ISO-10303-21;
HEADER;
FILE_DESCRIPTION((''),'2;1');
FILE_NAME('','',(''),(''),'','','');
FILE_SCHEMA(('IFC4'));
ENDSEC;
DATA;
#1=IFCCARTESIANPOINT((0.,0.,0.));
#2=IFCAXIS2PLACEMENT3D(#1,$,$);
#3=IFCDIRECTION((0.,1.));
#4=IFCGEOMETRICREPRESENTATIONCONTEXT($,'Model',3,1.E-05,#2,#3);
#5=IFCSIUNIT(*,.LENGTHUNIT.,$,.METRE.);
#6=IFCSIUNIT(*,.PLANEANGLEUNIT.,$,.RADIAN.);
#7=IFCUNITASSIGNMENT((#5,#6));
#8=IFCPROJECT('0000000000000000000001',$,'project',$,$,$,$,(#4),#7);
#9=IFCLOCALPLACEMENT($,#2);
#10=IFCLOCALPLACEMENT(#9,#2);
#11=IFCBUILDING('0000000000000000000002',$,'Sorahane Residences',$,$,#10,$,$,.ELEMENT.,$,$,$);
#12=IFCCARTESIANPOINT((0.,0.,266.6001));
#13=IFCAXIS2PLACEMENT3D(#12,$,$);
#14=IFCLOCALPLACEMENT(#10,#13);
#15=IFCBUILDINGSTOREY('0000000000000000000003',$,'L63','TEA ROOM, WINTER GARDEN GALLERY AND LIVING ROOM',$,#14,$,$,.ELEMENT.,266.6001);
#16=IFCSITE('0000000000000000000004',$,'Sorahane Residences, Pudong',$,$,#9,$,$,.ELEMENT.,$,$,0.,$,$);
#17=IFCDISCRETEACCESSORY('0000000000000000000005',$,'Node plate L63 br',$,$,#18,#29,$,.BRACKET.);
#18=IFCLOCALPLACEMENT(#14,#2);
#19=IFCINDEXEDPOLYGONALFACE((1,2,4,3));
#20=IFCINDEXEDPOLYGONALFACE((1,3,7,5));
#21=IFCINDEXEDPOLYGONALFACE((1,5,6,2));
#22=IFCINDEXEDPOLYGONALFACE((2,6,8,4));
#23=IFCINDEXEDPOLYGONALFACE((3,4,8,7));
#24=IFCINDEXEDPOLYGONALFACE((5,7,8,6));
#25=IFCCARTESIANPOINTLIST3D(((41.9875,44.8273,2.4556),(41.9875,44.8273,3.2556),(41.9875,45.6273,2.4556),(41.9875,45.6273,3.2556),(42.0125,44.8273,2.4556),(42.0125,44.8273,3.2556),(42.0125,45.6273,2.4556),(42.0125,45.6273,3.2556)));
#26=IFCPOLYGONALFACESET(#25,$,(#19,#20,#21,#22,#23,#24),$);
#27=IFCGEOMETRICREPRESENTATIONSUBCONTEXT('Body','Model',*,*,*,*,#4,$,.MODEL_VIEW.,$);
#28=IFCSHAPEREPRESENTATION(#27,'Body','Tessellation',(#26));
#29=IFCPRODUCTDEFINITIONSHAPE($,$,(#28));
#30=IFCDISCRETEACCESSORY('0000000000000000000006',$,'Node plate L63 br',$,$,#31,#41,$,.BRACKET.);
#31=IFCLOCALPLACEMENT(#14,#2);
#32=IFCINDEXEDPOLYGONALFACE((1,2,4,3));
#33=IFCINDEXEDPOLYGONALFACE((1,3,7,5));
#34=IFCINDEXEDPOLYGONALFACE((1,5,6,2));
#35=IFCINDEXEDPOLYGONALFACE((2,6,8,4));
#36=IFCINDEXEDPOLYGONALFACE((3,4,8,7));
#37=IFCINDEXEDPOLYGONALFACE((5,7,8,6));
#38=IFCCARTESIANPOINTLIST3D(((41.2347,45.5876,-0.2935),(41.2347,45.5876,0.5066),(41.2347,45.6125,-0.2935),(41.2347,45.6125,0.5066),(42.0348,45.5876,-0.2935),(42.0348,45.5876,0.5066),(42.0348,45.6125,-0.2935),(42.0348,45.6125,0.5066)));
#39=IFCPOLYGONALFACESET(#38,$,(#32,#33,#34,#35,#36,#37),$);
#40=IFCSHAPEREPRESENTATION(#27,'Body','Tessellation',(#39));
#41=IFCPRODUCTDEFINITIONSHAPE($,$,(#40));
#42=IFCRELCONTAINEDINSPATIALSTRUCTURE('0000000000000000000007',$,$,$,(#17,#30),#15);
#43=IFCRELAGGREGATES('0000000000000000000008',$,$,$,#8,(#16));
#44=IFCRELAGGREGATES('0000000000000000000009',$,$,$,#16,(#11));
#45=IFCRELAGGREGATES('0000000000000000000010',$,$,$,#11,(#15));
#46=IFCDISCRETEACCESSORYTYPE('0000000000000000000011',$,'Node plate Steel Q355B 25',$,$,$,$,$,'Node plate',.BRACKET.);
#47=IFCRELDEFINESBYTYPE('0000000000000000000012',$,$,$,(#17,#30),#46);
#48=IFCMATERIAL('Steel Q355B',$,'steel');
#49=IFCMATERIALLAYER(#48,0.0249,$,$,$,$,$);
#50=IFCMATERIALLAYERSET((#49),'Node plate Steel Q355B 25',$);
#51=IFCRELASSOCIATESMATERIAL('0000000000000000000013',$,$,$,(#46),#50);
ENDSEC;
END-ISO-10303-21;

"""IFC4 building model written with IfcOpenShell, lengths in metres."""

from ifc_helpers import new_model, si_unit, direction, frame, origin, origin_2d, place, context, subcontext, project, spatial, rectangle, extrude, material, layer, layer_set, type_object, element, save


model = new_model("IFC4")

# Units and contexts
model_context = context("Model", 3, precision=1e-05, world=origin(), true_north=direction((0.0, 1.0)))
body_context = subcontext(model_context, "Body", "Model", "MODEL_VIEW")
ifc_project = project(units=[si_unit("LENGTHUNIT", "METRE"), si_unit("PLANEANGLEUNIT", "RADIAN")], contexts=[model_context])

# Site, building, storey
site_placement = place(None, origin())
site = spatial("IfcSite", under=ifc_project, at=site_placement, Name="Sorahane Residences, Pudong", CompositionType="ELEMENT", RefElevation=0.0)
building_placement = place(site_placement, origin())
building = spatial("IfcBuilding", under=site, at=building_placement, Name="Sorahane Residences", CompositionType="ELEMENT")
storey_placement = place(building_placement, frame((0.0, 0.0, 266.6001)))
storey = spatial("IfcBuildingStorey", under=building, at=storey_placement, Name="L63", Description="TEA ROOM, WINTER GARDEN GALLERY AND LIVING ROOM", CompositionType="ELEMENT", Elevation=266.6001)

# Discrete accessories
ifc_material_1 = material(Name="Steel Q355B", Category="steel")
ifc_layer_1 = layer(ifc_material_1, 0.0249)
ifc_layer_set_1 = layer_set([ifc_layer_1], Name="Node plate Steel Q355B 25")
discrete_accessory_type = type_object("IfcDiscreteAccessoryType", Name="Node plate Steel Q355B 25", ElementType="Node plate", PredefinedType="BRACKET", material=ifc_layer_set_1)
for number, where, z_axis, x_axis, name in (
    (1, (42.0, 45.2273, 2.4556), (0.0, 0.0, 1.0), (0.0, 1.0, 0.0), "Node plate L63 br"),
    (2, (41.6348, 45.6001, -0.2935), (0.0, 0.0, 1.0), (1.0, 0.0, 0.0), "Node plate L63 br"),
):
    element("IfcDiscreteAccessory", number, at=place(storey_placement, frame(where, z_axis=z_axis, x_axis=x_axis)), inside=storey, type_object=discrete_accessory_type, Name=name, PredefinedType="BRACKET", context=body_context, shape_type="SweptSolid", body=[
        extrude(rectangle(XDim=0.8, YDim=0.0249, at=origin_2d()), origin(), (0.0, 0.0, 1.0), 0.8),
    ])

save(model, "model.ifc")
